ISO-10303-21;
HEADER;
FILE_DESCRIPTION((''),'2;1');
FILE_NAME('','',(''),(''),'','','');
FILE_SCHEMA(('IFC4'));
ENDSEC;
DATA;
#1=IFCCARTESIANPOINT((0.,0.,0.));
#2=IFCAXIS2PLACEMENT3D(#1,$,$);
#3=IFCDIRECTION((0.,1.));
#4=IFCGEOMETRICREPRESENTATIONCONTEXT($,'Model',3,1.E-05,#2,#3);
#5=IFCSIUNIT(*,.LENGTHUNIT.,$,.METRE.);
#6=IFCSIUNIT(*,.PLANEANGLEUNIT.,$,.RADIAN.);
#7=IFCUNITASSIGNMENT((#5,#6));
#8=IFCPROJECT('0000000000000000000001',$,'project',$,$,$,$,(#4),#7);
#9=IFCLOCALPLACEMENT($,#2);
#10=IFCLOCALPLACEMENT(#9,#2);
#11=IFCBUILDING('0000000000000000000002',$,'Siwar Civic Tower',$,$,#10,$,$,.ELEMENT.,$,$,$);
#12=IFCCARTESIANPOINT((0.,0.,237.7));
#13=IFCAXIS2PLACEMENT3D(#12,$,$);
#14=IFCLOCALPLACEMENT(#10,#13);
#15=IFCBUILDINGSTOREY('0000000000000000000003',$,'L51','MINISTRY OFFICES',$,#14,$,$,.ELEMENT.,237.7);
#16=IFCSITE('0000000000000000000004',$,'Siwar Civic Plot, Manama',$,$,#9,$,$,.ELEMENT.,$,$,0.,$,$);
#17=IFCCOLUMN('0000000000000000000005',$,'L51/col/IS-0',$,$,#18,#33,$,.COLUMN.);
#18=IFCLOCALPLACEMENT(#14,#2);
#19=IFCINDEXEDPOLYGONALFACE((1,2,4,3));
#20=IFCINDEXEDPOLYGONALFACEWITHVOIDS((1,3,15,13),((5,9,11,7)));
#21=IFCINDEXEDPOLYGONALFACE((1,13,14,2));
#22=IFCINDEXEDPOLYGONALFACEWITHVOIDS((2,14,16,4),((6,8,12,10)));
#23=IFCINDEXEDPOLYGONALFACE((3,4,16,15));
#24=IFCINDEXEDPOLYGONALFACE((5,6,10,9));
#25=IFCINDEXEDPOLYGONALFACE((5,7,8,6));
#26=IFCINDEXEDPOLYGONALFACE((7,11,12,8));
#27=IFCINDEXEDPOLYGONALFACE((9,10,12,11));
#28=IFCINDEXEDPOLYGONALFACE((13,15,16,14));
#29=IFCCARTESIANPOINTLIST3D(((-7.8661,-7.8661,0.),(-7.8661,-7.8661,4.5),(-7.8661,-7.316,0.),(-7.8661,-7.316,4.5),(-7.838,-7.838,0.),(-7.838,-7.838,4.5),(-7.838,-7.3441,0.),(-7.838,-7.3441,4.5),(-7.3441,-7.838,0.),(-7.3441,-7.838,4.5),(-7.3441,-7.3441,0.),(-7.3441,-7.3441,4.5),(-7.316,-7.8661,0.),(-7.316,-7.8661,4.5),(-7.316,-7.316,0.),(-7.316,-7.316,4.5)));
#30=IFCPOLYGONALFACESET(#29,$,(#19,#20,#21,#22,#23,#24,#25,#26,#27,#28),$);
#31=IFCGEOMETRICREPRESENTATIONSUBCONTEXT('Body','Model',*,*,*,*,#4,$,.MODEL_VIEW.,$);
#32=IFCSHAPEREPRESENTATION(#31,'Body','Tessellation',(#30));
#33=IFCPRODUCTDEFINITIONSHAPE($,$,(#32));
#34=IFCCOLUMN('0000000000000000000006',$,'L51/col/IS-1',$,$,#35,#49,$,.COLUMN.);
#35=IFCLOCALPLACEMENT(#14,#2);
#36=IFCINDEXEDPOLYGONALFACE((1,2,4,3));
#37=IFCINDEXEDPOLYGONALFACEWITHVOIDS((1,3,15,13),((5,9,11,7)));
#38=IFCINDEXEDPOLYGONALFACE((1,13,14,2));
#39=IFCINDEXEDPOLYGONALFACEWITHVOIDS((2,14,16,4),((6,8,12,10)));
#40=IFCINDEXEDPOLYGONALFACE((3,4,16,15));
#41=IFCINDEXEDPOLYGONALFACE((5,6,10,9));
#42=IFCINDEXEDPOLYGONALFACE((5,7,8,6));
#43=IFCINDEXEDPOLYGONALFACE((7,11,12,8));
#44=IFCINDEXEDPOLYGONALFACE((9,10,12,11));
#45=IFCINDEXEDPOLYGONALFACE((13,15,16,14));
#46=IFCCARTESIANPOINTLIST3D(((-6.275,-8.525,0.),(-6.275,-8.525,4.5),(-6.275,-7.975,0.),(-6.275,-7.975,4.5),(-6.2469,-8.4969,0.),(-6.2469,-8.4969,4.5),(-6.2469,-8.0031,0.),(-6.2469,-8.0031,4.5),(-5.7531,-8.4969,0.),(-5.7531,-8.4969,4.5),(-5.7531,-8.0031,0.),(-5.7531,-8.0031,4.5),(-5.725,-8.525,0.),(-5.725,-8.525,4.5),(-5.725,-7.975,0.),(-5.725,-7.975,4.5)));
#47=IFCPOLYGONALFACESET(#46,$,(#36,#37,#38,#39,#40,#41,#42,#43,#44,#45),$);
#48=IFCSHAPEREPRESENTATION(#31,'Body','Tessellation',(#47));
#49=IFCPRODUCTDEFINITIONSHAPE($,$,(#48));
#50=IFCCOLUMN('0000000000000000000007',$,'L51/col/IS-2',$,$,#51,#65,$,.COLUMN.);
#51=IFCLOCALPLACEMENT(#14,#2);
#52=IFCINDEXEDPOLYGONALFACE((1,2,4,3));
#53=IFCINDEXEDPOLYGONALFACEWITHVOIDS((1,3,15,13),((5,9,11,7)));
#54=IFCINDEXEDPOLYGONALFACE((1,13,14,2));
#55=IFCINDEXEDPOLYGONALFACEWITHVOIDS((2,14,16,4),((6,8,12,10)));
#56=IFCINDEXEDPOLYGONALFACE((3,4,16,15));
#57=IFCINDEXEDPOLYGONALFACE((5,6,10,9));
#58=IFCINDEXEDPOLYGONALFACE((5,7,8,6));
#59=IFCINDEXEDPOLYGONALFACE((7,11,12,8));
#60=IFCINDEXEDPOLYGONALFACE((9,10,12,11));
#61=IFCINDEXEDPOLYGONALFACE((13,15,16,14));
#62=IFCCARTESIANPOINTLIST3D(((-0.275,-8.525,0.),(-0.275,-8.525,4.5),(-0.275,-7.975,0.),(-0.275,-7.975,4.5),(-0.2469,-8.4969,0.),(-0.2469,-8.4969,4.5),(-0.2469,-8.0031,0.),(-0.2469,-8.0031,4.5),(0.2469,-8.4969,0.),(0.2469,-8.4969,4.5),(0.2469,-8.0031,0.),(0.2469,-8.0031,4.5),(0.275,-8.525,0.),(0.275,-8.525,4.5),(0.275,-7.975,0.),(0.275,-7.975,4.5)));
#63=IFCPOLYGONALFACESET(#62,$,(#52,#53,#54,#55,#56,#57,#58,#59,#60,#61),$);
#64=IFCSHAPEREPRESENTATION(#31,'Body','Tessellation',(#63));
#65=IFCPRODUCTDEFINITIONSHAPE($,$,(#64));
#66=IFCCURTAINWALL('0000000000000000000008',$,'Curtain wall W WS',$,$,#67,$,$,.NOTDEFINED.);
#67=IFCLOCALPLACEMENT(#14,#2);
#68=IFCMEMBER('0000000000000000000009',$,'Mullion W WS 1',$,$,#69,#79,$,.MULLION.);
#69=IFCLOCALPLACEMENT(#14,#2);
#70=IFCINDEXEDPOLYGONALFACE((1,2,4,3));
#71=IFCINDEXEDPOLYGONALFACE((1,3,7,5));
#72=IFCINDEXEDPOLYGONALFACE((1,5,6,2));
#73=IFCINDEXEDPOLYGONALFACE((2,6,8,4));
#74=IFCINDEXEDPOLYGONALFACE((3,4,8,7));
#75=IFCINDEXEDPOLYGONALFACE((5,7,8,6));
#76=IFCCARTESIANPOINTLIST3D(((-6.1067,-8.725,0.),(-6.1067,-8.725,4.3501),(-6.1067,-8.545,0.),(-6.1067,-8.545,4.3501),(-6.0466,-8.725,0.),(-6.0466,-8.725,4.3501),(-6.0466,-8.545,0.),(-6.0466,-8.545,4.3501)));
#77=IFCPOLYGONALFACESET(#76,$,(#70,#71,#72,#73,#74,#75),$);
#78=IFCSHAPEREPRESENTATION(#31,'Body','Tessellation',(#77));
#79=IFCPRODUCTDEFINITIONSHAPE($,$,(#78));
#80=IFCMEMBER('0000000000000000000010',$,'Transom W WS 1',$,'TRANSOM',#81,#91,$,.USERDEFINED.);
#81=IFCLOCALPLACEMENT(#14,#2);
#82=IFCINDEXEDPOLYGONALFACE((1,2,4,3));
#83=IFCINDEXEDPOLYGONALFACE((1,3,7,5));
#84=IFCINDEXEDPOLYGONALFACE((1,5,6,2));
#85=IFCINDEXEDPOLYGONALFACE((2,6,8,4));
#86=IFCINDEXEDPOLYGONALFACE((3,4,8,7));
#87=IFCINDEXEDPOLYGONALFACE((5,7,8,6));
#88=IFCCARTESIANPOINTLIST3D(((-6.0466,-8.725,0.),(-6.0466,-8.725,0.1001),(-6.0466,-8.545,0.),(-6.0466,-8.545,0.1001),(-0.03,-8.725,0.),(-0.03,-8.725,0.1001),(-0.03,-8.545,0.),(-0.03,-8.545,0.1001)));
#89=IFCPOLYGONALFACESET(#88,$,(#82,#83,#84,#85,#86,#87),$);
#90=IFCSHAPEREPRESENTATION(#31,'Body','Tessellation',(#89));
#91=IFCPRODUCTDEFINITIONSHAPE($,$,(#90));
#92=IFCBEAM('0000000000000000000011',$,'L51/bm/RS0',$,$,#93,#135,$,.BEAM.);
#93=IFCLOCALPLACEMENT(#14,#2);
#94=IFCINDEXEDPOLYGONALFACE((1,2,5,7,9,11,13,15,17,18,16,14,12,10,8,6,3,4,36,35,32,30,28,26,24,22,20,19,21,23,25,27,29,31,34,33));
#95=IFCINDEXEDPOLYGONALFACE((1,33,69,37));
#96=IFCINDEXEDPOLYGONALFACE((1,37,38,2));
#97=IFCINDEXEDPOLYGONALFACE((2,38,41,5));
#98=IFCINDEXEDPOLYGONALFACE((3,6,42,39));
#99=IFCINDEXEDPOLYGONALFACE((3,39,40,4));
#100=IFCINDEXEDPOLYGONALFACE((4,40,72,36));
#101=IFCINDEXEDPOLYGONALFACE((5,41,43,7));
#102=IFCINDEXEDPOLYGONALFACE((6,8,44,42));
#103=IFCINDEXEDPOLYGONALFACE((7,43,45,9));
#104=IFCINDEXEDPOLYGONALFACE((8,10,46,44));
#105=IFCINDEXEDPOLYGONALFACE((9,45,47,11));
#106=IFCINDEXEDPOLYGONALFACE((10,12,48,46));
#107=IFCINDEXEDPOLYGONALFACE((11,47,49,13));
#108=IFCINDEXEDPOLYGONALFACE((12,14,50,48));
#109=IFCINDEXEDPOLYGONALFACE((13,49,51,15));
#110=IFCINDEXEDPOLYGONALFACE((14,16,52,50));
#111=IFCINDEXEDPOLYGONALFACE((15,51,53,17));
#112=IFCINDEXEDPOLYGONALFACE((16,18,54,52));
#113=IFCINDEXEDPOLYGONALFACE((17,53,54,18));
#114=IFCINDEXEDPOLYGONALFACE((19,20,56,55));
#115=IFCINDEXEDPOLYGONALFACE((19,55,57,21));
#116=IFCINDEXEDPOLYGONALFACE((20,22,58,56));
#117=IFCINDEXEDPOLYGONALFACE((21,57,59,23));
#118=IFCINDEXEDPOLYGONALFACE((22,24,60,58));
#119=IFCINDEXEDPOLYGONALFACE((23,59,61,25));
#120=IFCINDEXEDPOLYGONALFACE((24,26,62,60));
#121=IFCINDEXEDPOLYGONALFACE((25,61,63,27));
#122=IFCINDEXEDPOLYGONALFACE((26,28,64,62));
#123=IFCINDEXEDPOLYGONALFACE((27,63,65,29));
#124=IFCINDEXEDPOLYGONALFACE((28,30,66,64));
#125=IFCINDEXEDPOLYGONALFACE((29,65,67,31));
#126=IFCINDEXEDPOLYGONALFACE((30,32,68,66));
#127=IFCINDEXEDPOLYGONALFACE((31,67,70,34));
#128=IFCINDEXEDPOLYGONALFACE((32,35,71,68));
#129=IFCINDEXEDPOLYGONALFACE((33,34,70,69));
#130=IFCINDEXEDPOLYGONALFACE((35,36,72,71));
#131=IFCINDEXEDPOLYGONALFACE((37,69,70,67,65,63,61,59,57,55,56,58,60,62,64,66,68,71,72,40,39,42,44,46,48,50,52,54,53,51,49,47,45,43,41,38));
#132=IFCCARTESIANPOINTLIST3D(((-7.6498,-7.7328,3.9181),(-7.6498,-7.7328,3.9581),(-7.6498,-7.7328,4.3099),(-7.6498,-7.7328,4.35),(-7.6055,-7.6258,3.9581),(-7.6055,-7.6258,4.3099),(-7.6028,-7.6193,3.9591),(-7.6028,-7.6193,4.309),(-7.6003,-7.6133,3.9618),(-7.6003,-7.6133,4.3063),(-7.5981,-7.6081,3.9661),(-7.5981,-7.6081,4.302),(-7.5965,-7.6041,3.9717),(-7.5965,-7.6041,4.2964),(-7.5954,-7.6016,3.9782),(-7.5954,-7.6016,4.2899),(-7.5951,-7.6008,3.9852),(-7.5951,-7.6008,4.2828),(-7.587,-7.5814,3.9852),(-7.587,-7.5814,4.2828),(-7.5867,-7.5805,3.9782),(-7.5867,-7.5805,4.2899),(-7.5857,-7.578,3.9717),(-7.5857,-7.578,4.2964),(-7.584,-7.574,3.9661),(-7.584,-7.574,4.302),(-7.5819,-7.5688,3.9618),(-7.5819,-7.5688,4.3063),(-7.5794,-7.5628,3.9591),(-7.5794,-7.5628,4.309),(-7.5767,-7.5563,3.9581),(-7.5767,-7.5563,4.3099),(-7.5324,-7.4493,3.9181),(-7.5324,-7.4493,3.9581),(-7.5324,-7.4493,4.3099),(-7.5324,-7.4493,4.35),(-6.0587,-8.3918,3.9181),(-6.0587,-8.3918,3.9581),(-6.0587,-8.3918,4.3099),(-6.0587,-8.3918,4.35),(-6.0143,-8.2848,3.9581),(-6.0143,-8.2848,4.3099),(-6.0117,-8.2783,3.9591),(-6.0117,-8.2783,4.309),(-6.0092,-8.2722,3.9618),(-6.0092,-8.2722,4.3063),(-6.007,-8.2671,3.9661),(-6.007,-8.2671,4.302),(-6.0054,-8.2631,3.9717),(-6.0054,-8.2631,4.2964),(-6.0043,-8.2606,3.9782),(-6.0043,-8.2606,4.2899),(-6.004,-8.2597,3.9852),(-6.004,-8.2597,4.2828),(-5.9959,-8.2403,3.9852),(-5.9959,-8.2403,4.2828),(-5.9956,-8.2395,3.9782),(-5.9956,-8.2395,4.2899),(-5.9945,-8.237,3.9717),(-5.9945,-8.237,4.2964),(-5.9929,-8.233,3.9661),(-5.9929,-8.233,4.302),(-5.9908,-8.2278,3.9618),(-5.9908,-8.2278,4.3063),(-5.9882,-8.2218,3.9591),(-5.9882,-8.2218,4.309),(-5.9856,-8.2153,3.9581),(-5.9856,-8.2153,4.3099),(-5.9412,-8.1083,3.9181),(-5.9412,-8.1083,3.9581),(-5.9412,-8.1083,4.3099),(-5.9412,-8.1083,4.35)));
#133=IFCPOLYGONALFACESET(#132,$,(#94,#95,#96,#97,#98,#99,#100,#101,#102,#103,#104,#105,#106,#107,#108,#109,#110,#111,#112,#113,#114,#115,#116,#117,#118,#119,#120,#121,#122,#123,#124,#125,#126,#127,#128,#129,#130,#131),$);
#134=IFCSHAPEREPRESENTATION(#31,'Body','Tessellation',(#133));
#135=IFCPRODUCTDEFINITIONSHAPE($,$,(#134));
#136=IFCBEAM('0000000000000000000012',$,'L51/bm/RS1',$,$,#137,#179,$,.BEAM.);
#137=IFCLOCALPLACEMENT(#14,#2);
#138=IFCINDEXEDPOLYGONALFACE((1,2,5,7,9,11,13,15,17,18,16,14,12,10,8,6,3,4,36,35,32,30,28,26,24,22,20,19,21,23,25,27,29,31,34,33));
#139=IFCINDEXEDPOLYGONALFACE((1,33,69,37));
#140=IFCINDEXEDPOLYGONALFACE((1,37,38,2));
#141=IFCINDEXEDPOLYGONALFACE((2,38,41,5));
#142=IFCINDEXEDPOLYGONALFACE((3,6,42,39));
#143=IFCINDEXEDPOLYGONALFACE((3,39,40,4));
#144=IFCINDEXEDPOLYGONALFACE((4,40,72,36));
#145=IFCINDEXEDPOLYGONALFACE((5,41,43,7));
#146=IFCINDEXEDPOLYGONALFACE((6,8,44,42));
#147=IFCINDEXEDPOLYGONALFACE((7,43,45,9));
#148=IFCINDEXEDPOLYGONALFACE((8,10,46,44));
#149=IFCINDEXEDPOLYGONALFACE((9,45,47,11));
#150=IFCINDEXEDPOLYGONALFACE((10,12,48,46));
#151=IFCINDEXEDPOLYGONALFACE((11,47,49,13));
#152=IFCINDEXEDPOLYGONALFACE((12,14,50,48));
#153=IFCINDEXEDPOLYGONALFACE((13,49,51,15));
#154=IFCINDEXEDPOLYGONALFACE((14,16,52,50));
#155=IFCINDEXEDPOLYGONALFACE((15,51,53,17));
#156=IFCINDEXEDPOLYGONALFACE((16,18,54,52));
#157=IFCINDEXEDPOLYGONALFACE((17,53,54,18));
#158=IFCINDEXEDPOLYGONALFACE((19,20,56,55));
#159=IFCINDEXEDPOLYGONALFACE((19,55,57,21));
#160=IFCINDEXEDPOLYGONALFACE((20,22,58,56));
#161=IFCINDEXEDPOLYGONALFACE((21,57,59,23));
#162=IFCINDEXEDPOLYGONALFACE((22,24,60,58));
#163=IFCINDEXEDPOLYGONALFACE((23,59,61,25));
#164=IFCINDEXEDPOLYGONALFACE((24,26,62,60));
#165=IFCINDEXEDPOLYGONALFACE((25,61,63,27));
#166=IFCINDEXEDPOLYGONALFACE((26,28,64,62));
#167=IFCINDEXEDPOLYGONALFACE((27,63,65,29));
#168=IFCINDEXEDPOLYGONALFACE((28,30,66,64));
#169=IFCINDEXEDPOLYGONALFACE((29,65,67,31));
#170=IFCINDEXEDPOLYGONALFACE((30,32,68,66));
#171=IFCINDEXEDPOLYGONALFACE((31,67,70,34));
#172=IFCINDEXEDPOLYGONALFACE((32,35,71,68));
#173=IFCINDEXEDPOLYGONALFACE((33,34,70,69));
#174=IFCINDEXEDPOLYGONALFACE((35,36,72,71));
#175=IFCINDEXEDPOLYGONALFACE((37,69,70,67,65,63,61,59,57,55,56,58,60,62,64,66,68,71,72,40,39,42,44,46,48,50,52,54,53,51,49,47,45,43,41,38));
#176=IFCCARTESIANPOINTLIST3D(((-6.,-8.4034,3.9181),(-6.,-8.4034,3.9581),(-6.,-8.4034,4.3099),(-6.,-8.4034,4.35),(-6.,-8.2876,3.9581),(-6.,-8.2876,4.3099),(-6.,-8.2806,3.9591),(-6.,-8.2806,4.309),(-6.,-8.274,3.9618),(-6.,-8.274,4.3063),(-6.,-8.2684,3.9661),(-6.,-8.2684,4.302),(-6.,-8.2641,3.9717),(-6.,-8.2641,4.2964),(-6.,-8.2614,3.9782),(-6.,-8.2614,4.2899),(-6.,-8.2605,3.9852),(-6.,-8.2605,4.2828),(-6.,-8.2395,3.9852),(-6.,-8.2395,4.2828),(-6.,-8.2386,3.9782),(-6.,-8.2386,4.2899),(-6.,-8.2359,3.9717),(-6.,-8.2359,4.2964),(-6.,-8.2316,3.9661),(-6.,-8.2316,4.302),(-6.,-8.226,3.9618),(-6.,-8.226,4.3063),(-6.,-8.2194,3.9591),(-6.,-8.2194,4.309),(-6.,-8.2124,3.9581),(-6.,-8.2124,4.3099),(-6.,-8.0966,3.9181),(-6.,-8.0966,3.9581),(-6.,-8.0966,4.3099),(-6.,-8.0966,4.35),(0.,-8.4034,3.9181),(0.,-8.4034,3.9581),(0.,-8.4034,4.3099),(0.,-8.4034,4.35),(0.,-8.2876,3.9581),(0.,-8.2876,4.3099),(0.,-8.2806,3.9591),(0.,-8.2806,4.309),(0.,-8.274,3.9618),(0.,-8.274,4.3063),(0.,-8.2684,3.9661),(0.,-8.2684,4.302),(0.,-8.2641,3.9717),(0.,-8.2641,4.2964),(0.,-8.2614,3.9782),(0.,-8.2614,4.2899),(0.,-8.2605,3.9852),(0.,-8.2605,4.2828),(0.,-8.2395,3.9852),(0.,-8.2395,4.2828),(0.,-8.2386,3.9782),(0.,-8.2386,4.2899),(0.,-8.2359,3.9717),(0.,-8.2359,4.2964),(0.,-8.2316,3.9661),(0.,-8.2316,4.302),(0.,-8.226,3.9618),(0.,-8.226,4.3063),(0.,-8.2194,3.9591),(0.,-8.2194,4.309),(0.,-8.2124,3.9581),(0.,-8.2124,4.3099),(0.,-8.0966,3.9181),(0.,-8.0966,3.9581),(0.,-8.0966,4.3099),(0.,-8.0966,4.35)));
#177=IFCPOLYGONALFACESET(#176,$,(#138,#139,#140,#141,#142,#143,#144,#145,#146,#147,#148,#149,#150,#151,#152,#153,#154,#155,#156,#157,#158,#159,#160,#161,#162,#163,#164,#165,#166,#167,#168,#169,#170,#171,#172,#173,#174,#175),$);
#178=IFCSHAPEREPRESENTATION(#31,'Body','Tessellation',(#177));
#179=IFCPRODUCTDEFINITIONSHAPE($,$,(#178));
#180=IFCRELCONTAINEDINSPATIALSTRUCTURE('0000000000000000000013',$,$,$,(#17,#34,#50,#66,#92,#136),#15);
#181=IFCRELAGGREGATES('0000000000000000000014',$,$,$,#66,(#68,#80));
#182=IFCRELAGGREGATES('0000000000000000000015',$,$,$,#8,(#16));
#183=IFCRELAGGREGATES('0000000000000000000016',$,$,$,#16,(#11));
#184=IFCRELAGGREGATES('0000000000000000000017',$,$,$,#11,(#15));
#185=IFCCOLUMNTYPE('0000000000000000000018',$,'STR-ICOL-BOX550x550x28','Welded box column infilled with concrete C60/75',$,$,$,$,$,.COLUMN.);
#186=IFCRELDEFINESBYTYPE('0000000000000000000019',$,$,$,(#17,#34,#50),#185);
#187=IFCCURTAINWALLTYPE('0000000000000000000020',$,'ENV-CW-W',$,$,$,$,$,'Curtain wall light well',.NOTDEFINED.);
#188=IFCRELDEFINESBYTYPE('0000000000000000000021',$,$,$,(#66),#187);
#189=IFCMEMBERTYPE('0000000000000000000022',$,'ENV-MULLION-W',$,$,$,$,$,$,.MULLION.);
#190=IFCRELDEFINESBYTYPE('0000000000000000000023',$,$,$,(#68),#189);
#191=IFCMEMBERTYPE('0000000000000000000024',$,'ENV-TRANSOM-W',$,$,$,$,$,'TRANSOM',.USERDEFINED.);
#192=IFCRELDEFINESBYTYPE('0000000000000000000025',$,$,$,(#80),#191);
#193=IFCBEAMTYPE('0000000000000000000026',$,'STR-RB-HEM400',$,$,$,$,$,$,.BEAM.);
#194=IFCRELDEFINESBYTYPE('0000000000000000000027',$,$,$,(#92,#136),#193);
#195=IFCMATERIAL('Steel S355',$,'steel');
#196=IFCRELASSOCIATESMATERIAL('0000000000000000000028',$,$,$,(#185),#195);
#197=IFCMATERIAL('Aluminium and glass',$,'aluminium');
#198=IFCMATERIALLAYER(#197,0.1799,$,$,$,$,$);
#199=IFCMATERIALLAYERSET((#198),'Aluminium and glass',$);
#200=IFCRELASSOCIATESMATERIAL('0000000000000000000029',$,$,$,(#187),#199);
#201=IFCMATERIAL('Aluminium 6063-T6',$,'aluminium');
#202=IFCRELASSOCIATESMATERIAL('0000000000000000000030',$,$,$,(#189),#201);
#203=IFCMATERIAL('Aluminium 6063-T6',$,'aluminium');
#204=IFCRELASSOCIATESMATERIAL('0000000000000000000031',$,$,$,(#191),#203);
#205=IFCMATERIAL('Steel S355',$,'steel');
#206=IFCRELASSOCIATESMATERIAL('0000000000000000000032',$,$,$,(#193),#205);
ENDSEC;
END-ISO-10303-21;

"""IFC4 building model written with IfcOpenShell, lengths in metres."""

from ifc_helpers import new_model, si_unit, direction, frame, origin, origin_2d, place, context, subcontext, project, spatial, rectangle, hollow_rectangle, i_section, extrude, material, layer, layer_set, material_profile, profile_set, type_object, element, aggregate, save


model = new_model("IFC4")

# Units and contexts
model_context = context("Model", 3, precision=1e-05, world=origin(), true_north=direction((0.0, 1.0)))
body_context = subcontext(model_context, "Body", "Model", "MODEL_VIEW")
ifc_project = project(units=[si_unit("LENGTHUNIT", "METRE"), si_unit("PLANEANGLEUNIT", "RADIAN")], contexts=[model_context])

# Site, building, storey
site_placement = place(None, origin())
site = spatial("IfcSite", under=ifc_project, at=site_placement, Name="Siwar Civic Plot, Manama", CompositionType="ELEMENT", RefElevation=0.0)
building_placement = place(site_placement, origin())
building = spatial("IfcBuilding", under=site, at=building_placement, Name="Siwar Civic Tower", CompositionType="ELEMENT")
storey_placement = place(building_placement, frame((0.0, 0.0, 237.7)))
storey = spatial("IfcBuildingStorey", under=building, at=storey_placement, Name="L51", Description="MINISTRY OFFICES", CompositionType="ELEMENT", Elevation=237.7)

# Columns
ifc_material_1 = material(Name="Steel S355", Category="steel")
ifc_material_profile_1 = material_profile(ifc_material_1, hollow_rectangle(XDim=0.55, YDim=0.55, WallThickness=0.0281, at=origin_2d()), Name="BOX550x550x28")
ifc_profile_set_1 = profile_set([ifc_material_profile_1], Name="Steel S355")
column_type = type_object("IfcColumnType", Name="STR-ICOL-BOX550x550x28", Description="Welded box column infilled with concrete C60/75", PredefinedType="COLUMN", material=ifc_profile_set_1)
for number, where, z_axis, x_axis, name in (
    (1, (-7.5911, -7.5911, 0.0), (0.0, 0.0, 1.0), (1.0, 0.0, 0.0), "L51/col/IS-0"),
    (2, (-6.0, -8.25, 0.0), (0.0, 0.0, 1.0), (1.0, 0.0, 0.0), "L51/col/IS-1"),
    (3, (0.0, -8.25, 0.0), (0.0, 0.0, 1.0), (1.0, 0.0, 0.0), "L51/col/IS-2"),
):
    element("IfcColumn", number, at=place(storey_placement, frame(where, z_axis=z_axis, x_axis=x_axis)), inside=storey, type_object=column_type, Name=name, PredefinedType="COLUMN", context=body_context, shape_type="SweptSolid", body=[
        extrude(hollow_rectangle(XDim=0.55, YDim=0.55, WallThickness=0.0281, at=origin_2d()), origin(), (0.0, 0.0, 1.0), 4.5),
    ])

# Curtain wall, members
ifc_material_2 = material(Name="Aluminium and glass", Category="aluminium")
ifc_layer_1 = layer(ifc_material_2, 0.1799)
ifc_layer_set_1 = layer_set([ifc_layer_1], Name="Aluminium and glass")
curtain_wall_type = type_object("IfcCurtainWallType", Name="ENV-CW-W", ElementType="Curtain wall light well", PredefinedType="NOTDEFINED", material=ifc_layer_set_1)
curtain_wall_placement = place(storey_placement, origin())
curtain_wall = element("IfcCurtainWall", 4, at=curtain_wall_placement, inside=storey, type_object=curtain_wall_type, Name="Curtain wall W WS", PredefinedType="NOTDEFINED")
ifc_material_3 = material(Name="Aluminium 6063-T6", Category="aluminium")
ifc_material_profile_2 = material_profile(ifc_material_3, rectangle(XDim=0.1799, YDim=0.0601, at=origin_2d()), Name="AL 180x60")
ifc_profile_set_2 = profile_set([ifc_material_profile_2], Name="Aluminium 6063-T6")
member_type_1 = type_object("IfcMemberType", Name="ENV-MULLION-W", PredefinedType="MULLION", material=ifc_profile_set_2)
member_1_placement = place(storey_placement, frame((-6.0767, -8.635, 0.0), z_axis=(0.0, 0.0, 1.0), x_axis=(0.0, 1.0, 0.0)))
member_1 = element("IfcMember", 5, at=member_1_placement, type_object=member_type_1, Name="Mullion W WS 1", PredefinedType="MULLION", context=body_context, shape_type="SweptSolid", body=[
    extrude(rectangle(XDim=0.1799, YDim=0.0601, at=origin_2d()), origin(), (0.0, 0.0, 1.0), 4.3501),
])
ifc_material_4 = material(Name="Aluminium 6063-T6", Category="aluminium")
ifc_material_profile_3 = material_profile(ifc_material_4, rectangle(XDim=0.1799, YDim=0.1001, at=origin_2d()), Name="AL 180x100")
ifc_profile_set_3 = profile_set([ifc_material_profile_3], Name="Aluminium 6063-T6")
member_type_2 = type_object("IfcMemberType", Name="ENV-TRANSOM-W", ElementType="TRANSOM", PredefinedType="USERDEFINED", material=ifc_profile_set_3)
member_2_placement = place(storey_placement, frame((-6.0466, -8.635, 0.05), z_axis=(1.0, 0.0, 0.0), x_axis=(0.0, 1.0, 0.0)))
member_2 = element("IfcMember", 6, at=member_2_placement, type_object=member_type_2, Name="Transom W WS 1", ObjectType="TRANSOM", PredefinedType="USERDEFINED", context=body_context, shape_type="SweptSolid", body=[
    extrude(rectangle(XDim=0.1799, YDim=0.1001, at=origin_2d()), origin(), (0.0, 0.0, 1.0), 6.0166),
])

# Beams
ifc_material_5 = material(Name="Steel S355", Category="steel")
ifc_material_profile_4 = material_profile(ifc_material_5, i_section(OverallWidth=0.3069, OverallDepth=0.4319, WebThickness=0.021, FlangeThickness=0.04, FilletRadius=0.0271, at=origin_2d()), Name="HEM400")
ifc_profile_set_4 = profile_set([ifc_material_profile_4], Name="Steel S355")
beam_type = type_object("IfcBeamType", Name="STR-RB-HEM400", PredefinedType="BEAM", material=ifc_profile_set_4)
beam_1_placement = place(storey_placement, frame((-7.5911, -7.5911, 4.134), z_axis=(0.923901, -0.382631, 0.0), x_axis=(0.382631, 0.923901, 0.0)))
element("IfcBeam", 7, at=beam_1_placement, inside=storey, type_object=beam_type, Name="L51/bm/RS0", PredefinedType="BEAM", context=body_context, shape_type="SweptSolid", body=[
    extrude(i_section(OverallWidth=0.3069, OverallDepth=0.4319, WebThickness=0.021, FlangeThickness=0.04, FilletRadius=0.0271, at=origin_2d()), origin(), (0.0, 0.0, 1.0), 1.7222),
])
for number, where, z_axis, x_axis, name in (
    (8, (-6.0, -8.25, 4.134), (1.0, 0.0, 0.0), (0.0, 1.0, 0.0), "L51/bm/RS1"),
):
    element("IfcBeam", number, at=place(storey_placement, frame(where, z_axis=z_axis, x_axis=x_axis)), inside=storey, type_object=beam_type, Name=name, PredefinedType="BEAM", context=body_context, shape_type="SweptSolid", body=[
        extrude(i_section(OverallWidth=0.3069, OverallDepth=0.4319, WebThickness=0.021, FlangeThickness=0.04, FilletRadius=0.0271, at=origin_2d()), origin(), (0.0, 0.0, 1.0), 6.0),
    ])

aggregate(curtain_wall, [member_1, member_2])

save(model, "model.ifc")
